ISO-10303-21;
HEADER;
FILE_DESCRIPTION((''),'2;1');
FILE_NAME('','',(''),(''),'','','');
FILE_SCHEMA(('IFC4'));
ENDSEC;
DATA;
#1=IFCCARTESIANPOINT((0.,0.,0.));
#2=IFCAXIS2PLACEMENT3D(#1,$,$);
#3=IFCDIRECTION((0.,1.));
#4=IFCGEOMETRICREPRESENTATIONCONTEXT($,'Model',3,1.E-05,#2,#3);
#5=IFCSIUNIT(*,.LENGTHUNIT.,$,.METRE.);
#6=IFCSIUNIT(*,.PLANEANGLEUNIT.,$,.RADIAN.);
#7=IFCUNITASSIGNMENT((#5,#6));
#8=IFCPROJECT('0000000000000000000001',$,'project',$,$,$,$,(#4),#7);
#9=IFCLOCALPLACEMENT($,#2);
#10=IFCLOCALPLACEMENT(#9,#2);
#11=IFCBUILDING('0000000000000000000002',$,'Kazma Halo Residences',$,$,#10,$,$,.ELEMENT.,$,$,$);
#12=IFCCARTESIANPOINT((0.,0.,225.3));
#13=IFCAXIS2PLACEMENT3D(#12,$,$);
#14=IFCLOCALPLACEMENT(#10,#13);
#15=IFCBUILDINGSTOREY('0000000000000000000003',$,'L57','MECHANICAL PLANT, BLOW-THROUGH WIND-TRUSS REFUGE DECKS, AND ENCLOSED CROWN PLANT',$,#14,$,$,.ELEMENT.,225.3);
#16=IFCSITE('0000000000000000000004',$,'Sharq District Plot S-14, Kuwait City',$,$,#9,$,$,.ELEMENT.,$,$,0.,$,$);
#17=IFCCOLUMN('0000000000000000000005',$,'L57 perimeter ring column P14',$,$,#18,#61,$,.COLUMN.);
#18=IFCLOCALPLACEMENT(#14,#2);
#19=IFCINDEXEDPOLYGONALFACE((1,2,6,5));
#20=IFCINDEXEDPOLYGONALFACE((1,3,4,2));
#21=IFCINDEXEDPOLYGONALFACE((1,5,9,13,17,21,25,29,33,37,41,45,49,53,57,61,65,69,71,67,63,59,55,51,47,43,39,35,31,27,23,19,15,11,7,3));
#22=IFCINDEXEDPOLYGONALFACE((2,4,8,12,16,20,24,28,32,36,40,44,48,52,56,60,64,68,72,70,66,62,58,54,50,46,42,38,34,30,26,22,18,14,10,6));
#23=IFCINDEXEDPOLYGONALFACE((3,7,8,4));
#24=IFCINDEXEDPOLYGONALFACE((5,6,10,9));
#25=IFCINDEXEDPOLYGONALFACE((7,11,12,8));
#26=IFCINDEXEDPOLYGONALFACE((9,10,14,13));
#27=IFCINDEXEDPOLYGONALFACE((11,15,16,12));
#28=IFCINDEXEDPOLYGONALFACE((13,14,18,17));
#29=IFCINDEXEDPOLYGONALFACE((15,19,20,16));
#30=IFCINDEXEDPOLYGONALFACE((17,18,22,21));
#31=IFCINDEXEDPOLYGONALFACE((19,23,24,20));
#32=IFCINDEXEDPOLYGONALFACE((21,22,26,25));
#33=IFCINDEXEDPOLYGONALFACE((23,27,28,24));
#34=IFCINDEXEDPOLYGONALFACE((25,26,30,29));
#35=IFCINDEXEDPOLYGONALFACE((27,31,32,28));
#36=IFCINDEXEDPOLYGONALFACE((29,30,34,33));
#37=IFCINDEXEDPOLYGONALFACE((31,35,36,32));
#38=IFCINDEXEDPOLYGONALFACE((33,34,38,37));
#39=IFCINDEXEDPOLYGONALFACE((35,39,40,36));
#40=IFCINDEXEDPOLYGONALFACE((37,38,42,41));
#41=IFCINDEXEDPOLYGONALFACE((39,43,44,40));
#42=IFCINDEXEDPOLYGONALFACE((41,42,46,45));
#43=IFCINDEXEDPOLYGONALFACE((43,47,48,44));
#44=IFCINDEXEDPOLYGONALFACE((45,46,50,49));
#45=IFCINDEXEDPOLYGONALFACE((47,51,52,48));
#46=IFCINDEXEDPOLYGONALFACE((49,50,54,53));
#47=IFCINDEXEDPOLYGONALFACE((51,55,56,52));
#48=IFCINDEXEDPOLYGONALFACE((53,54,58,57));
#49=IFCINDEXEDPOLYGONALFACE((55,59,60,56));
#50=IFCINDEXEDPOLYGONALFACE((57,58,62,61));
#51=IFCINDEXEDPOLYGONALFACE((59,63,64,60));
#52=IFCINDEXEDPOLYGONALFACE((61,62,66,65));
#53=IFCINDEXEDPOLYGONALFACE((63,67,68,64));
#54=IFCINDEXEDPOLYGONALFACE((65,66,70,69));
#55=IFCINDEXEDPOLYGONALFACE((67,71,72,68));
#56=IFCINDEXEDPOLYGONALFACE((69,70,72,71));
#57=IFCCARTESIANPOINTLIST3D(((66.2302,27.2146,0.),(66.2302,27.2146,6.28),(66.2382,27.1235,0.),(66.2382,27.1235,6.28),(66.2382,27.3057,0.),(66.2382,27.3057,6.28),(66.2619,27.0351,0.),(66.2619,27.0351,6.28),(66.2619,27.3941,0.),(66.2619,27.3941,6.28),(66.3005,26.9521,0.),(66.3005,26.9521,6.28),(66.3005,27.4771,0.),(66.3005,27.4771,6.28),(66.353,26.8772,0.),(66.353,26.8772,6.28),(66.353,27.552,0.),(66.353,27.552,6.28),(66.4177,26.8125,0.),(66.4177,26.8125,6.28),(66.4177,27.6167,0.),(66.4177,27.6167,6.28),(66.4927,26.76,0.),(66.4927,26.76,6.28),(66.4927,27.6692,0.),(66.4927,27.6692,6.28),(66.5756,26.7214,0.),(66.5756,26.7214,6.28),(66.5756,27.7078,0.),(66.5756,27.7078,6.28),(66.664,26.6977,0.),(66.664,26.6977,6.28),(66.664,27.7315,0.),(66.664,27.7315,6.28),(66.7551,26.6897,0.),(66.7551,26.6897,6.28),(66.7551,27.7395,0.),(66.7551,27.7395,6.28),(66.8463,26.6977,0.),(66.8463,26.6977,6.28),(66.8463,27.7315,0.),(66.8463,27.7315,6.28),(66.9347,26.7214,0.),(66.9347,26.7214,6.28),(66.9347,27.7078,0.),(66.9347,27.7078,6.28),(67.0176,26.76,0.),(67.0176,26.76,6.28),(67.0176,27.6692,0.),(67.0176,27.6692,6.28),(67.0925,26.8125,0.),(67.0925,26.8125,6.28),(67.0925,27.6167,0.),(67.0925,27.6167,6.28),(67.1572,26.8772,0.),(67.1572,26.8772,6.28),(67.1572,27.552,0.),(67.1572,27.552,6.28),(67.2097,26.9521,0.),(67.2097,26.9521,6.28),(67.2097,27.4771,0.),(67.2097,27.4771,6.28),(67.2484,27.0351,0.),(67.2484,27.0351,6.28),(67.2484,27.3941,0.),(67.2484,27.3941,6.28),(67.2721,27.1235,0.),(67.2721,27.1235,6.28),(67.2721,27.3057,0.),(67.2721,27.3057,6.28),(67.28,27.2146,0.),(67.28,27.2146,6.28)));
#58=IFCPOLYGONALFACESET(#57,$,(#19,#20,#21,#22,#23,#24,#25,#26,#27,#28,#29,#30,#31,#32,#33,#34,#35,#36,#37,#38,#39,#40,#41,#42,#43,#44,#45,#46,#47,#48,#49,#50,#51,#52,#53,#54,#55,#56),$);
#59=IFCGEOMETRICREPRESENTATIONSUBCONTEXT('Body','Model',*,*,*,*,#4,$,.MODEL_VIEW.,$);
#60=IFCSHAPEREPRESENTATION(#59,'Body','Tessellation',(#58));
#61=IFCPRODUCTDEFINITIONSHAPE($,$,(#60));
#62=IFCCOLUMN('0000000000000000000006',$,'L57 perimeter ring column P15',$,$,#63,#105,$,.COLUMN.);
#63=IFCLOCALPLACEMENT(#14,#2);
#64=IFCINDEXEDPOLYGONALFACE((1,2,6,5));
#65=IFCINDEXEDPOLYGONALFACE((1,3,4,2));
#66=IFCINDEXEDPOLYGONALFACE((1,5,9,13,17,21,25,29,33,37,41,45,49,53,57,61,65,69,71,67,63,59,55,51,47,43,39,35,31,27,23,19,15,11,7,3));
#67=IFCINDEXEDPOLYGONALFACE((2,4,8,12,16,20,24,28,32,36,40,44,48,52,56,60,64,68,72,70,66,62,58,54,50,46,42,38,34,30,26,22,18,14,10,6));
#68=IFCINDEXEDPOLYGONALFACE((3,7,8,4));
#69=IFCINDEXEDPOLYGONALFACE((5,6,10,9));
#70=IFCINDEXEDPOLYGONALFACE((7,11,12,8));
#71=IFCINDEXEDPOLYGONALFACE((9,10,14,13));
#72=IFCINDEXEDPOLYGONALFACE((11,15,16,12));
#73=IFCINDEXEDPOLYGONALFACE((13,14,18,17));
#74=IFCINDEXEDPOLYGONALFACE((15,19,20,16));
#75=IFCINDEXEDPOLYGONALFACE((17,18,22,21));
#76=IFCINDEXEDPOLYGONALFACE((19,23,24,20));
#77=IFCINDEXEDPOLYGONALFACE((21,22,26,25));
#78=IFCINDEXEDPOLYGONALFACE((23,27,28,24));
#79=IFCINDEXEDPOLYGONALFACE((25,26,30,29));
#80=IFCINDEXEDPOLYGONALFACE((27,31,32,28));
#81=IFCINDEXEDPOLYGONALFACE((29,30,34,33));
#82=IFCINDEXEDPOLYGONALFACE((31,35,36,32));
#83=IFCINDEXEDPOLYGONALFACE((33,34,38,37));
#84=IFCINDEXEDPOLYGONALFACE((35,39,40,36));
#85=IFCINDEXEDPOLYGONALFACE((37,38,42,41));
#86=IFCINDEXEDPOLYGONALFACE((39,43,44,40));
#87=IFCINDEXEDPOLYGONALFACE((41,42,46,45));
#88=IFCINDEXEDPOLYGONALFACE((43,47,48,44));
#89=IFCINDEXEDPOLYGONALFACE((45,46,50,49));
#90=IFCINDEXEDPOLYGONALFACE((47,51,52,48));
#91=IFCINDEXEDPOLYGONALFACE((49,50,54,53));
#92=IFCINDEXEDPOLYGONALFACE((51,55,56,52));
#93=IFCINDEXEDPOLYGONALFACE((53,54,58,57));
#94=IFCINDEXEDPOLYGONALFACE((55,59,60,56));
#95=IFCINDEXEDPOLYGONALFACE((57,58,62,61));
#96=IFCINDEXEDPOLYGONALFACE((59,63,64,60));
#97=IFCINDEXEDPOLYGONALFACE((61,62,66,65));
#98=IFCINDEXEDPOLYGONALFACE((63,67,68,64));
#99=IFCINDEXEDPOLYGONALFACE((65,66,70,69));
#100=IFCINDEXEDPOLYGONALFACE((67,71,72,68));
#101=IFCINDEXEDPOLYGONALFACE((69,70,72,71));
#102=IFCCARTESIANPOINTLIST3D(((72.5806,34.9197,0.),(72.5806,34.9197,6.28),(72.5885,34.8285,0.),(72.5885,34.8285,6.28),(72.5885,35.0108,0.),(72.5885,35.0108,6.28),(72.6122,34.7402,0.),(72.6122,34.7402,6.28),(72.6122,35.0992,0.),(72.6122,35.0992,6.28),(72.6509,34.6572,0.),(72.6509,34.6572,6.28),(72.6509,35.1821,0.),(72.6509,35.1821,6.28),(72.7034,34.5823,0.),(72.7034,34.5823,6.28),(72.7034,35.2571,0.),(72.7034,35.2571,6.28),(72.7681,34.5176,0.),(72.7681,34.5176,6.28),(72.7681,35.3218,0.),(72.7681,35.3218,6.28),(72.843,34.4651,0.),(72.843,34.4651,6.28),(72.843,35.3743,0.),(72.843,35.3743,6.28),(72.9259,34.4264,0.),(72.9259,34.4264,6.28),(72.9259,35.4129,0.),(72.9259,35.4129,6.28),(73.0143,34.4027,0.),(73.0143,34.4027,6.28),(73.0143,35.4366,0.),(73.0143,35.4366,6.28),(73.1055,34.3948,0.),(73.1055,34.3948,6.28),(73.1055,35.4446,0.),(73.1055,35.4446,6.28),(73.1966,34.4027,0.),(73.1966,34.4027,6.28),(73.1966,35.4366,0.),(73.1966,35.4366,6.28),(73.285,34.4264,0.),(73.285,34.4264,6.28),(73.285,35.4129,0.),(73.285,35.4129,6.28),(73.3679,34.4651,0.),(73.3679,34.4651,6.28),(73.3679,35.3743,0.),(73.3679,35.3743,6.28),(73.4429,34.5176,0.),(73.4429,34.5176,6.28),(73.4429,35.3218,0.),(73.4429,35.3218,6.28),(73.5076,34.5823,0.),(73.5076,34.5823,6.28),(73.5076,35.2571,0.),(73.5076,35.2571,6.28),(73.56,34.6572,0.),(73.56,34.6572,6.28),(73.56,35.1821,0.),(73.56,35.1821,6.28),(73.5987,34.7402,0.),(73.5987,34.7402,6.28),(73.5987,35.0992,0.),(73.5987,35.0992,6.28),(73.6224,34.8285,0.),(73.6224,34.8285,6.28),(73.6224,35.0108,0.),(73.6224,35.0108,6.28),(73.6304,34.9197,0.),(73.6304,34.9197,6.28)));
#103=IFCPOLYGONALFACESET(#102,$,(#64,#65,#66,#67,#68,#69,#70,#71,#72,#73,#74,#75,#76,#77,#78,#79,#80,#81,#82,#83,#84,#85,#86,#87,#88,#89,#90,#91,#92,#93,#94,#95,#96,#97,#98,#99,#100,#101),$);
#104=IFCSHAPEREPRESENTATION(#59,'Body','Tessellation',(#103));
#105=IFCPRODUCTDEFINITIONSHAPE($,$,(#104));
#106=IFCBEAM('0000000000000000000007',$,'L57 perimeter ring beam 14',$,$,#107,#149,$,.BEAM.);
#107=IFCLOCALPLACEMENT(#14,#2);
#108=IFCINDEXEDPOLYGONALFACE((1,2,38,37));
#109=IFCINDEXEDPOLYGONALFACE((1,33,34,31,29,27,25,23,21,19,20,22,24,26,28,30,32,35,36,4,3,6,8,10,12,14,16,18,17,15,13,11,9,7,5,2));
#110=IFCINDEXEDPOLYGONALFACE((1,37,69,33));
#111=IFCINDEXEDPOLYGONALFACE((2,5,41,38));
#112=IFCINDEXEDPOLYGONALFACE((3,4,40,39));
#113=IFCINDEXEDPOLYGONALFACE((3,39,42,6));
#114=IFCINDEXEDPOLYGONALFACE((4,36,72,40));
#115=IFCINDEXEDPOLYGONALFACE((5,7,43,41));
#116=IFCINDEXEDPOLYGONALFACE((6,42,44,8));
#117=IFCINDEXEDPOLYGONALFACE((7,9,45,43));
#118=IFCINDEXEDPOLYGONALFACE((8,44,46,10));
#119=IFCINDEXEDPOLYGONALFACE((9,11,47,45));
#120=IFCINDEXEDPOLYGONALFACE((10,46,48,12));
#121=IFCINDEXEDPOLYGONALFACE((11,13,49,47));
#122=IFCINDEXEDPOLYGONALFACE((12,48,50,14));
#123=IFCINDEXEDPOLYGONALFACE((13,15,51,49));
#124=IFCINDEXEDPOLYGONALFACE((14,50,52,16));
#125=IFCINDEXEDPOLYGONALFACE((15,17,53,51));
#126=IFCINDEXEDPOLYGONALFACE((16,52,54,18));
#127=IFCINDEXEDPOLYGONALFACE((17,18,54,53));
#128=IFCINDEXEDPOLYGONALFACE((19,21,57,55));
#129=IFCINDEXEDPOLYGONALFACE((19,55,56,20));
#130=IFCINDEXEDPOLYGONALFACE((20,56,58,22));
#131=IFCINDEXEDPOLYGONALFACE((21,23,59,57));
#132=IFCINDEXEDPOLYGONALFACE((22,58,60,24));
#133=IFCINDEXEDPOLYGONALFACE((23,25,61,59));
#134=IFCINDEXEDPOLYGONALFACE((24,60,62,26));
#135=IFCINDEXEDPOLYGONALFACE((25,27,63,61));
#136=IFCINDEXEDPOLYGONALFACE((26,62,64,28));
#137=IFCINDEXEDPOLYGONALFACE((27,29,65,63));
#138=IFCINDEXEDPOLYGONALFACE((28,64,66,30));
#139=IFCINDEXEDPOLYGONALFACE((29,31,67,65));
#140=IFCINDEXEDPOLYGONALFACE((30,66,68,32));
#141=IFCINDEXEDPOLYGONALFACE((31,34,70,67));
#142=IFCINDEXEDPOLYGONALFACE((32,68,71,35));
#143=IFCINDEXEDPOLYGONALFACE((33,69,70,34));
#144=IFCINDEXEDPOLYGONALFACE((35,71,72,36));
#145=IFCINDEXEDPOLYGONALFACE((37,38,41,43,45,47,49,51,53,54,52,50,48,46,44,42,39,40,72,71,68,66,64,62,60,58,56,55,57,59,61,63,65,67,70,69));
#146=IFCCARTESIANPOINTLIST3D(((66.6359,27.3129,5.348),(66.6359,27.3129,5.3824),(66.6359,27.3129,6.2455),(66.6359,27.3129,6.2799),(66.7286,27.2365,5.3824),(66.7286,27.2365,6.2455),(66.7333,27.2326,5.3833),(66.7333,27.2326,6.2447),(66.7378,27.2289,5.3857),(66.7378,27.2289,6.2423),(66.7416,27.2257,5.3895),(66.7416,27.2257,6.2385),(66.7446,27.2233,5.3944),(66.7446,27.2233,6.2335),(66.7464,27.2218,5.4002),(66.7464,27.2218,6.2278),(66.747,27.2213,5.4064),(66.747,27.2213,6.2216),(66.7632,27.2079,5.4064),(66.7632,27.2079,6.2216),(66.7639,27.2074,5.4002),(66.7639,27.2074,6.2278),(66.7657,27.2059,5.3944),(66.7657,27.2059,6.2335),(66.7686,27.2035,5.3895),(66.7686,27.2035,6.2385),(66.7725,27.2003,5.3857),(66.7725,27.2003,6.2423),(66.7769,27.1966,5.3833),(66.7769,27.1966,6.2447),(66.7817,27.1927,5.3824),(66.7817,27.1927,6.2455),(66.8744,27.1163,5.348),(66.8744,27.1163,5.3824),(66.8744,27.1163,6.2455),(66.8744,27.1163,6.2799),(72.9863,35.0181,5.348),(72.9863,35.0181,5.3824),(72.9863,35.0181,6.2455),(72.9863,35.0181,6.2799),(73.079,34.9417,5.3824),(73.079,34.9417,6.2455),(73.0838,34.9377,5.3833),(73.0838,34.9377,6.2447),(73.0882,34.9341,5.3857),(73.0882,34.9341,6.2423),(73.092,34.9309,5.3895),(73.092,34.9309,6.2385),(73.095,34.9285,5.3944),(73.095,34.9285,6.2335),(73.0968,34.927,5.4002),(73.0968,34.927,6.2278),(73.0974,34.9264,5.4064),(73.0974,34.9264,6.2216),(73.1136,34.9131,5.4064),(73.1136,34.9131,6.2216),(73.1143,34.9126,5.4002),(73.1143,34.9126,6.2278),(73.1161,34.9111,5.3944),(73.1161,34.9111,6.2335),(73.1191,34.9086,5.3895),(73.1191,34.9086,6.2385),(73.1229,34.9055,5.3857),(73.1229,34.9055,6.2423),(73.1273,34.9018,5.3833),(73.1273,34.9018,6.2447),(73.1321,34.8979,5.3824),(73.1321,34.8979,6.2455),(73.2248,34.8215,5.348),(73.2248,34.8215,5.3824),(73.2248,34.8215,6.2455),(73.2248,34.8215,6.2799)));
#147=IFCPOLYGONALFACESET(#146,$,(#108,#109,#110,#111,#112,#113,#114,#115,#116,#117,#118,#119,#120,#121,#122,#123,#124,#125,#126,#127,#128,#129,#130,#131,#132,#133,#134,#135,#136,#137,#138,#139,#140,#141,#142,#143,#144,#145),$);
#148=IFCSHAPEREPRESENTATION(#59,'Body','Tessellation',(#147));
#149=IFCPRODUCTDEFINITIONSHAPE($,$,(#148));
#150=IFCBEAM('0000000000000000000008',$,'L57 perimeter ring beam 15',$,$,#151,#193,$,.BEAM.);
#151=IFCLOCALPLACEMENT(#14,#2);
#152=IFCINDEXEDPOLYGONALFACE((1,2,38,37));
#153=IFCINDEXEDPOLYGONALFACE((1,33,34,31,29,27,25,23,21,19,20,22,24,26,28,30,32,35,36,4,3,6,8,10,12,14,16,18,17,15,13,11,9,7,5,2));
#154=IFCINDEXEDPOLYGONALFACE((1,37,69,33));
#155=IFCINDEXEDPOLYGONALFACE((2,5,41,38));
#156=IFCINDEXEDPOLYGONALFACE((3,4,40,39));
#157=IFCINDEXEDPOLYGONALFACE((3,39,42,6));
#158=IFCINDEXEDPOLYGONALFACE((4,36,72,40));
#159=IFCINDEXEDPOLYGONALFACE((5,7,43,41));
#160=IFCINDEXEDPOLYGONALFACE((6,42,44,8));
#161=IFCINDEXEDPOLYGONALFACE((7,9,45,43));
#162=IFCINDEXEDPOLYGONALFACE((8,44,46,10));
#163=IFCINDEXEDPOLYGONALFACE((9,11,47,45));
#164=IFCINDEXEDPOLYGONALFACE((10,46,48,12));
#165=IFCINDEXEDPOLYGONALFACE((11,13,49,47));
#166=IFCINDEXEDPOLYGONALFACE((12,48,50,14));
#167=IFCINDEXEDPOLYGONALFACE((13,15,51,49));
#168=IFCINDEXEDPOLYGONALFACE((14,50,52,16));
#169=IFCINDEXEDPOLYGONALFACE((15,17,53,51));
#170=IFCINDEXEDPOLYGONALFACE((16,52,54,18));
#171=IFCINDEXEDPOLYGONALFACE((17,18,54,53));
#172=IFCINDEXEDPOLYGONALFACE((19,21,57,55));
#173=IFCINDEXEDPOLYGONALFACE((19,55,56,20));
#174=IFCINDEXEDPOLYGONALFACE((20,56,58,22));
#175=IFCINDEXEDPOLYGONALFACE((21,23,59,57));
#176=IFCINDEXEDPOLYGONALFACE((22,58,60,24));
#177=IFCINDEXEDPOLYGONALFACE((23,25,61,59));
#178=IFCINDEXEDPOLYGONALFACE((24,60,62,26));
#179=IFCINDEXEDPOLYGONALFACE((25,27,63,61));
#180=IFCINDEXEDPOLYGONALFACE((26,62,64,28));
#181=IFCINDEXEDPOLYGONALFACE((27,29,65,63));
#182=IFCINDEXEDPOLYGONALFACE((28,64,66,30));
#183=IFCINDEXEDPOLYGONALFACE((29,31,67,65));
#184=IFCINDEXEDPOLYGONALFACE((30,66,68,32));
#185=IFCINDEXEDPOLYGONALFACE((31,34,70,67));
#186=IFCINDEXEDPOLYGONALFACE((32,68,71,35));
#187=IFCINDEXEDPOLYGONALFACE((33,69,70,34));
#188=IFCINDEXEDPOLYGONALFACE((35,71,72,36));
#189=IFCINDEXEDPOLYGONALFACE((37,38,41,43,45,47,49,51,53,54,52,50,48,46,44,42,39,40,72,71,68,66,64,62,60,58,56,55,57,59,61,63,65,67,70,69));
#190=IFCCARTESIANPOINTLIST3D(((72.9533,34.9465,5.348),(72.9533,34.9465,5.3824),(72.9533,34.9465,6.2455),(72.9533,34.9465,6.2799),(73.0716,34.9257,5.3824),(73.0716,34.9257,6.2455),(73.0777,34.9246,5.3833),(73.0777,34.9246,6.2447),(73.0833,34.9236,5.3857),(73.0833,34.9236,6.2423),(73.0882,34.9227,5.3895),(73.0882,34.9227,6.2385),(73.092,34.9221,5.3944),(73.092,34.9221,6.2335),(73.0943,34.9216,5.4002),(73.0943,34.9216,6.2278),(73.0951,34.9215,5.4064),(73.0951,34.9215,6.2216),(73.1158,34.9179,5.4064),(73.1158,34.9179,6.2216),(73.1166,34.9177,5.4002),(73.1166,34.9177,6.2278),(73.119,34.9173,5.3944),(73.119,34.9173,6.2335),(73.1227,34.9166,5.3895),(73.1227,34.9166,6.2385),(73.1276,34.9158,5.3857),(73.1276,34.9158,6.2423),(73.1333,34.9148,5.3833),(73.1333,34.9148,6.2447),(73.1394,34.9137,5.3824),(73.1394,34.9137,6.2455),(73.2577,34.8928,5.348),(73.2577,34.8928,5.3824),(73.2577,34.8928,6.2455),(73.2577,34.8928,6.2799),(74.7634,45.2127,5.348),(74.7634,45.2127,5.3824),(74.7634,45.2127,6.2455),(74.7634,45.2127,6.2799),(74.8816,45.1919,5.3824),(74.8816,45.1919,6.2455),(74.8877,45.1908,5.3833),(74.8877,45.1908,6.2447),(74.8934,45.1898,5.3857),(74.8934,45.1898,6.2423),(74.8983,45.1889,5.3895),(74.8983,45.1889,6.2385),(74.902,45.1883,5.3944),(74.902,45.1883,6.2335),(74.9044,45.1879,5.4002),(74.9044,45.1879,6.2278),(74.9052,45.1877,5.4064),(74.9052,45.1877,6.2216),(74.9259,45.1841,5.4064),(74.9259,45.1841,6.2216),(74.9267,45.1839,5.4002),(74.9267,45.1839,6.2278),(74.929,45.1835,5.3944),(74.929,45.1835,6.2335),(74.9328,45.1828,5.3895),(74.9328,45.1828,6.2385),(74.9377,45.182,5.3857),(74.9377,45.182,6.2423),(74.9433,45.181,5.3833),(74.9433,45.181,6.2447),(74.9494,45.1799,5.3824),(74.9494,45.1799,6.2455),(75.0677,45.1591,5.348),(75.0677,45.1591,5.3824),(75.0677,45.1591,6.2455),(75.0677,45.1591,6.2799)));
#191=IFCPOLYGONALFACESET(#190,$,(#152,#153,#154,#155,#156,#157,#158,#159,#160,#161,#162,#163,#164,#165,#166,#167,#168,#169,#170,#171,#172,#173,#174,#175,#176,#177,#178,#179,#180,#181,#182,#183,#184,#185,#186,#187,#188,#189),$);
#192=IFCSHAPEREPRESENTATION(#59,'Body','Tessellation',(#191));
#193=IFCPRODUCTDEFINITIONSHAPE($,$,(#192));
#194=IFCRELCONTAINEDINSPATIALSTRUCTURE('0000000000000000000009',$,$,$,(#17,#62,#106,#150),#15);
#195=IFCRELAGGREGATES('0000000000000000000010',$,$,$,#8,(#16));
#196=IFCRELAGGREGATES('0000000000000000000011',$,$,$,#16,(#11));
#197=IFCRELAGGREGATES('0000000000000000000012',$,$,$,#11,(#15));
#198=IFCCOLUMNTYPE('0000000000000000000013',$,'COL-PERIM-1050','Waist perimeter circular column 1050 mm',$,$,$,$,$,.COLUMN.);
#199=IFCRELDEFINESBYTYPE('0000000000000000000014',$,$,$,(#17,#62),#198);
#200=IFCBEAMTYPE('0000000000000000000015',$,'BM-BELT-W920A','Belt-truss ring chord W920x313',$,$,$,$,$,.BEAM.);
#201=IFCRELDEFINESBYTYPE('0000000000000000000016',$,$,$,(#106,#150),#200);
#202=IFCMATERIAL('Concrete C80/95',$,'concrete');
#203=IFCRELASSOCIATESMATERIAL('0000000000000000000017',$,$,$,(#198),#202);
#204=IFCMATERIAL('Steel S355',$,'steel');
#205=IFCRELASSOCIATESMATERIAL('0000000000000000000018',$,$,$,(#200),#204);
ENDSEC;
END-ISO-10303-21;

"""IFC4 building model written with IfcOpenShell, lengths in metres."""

from ifc_helpers import new_model, si_unit, direction, frame, origin, origin_2d, place, context, subcontext, project, spatial, circle, i_section, extrude, material, material_profile, profile_set, type_object, element, save


model = new_model("IFC4")

# Units and contexts
model_context = context("Model", 3, precision=1e-05, world=origin(), true_north=direction((0.0, 1.0)))
body_context = subcontext(model_context, "Body", "Model", "MODEL_VIEW")
ifc_project = project(units=[si_unit("LENGTHUNIT", "METRE"), si_unit("PLANEANGLEUNIT", "RADIAN")], contexts=[model_context])

# Site, building, storey
site_placement = place(None, origin())
site = spatial("IfcSite", under=ifc_project, at=site_placement, Name="Sharq District Plot S-14, Kuwait City", CompositionType="ELEMENT", RefElevation=0.0)
building_placement = place(site_placement, origin())
building = spatial("IfcBuilding", under=site, at=building_placement, Name="Kazma Halo Residences", CompositionType="ELEMENT")
storey_placement = place(building_placement, frame((0.0, 0.0, 225.3)))
storey = spatial("IfcBuildingStorey", under=building, at=storey_placement, Name="L57", Description="MECHANICAL PLANT, BLOW-THROUGH WIND-TRUSS REFUGE DECKS, AND ENCLOSED CROWN PLANT", CompositionType="ELEMENT", Elevation=225.3)

# Columns
ifc_material_1 = material(Name="Concrete C80/95", Category="concrete")
ifc_material_profile_1 = material_profile(ifc_material_1, circle(Radius=0.5249, at=origin_2d()), Name="CIRC1050")
ifc_profile_set_1 = profile_set([ifc_material_profile_1], Name="Concrete C80/95")
column_type = type_object("IfcColumnType", Name="COL-PERIM-1050", Description="Waist perimeter circular column 1050 mm", PredefinedType="COLUMN", material=ifc_profile_set_1)
for number, where, z_axis, x_axis, name in (
    (1, (66.7551, 27.2146, 0.0), (0.0, 0.0, 1.0), (1.0, 0.0, 0.0), "L57 perimeter ring column P14"),
    (2, (73.1055, 34.9197, 0.0), (0.0, 0.0, 1.0), (1.0, 0.0, 0.0), "L57 perimeter ring column P15"),
):
    element("IfcColumn", number, at=place(storey_placement, frame(where, z_axis=z_axis, x_axis=x_axis)), inside=storey, type_object=column_type, Name=name, PredefinedType="COLUMN", context=body_context, shape_type="SweptSolid", body=[
        extrude(circle(Radius=0.5249, at=origin_2d()), origin(), (0.0, 0.0, 1.0), 6.28),
    ])

# Beams
ifc_material_2 = material(Name="Steel S355", Category="steel")
ifc_material_profile_2 = material_profile(ifc_material_2, i_section(OverallWidth=0.3091, OverallDepth=0.9319, WebThickness=0.021, FlangeThickness=0.0344, FilletRadius=0.0239, at=origin_2d()), Name="W920x313")
ifc_profile_set_2 = profile_set([ifc_material_profile_2], Name="Steel S355")
beam_type_1 = type_object("IfcBeamType", Name="BM-BELT-W920A", Description="Belt-truss ring chord W920x313", PredefinedType="BEAM", material=ifc_profile_set_2)
beam_1_placement = place(storey_placement, frame((66.7551, 27.2146, 5.814), z_axis=(0.636005, 0.771685, 0.0), x_axis=(-0.771685, 0.636005, 0.0)))
element("IfcBeam", 3, at=beam_1_placement, inside=storey, type_object=beam_type_1, Name="L57 perimeter ring beam 14", PredefinedType="BEAM", context=body_context, shape_type="SweptSolid", body=[
    extrude(i_section(OverallWidth=0.3091, OverallDepth=0.9319, WebThickness=0.021, FlangeThickness=0.0344, FilletRadius=0.0239, at=origin_2d()), origin(), (0.0, 0.0, 1.0), 9.9849),
])
beam_2_placement = place(storey_placement, frame((73.1055, 34.9197, 5.814), z_axis=(0.173636, 0.98481, 0.0), x_axis=(-0.98481, 0.173636, 0.0)))
element("IfcBeam", 4, at=beam_2_placement, inside=storey, type_object=beam_type_1, Name="L57 perimeter ring beam 15", PredefinedType="BEAM", context=body_context, shape_type="SweptSolid", body=[
    extrude(i_section(OverallWidth=0.3091, OverallDepth=0.9319, WebThickness=0.021, FlangeThickness=0.0344, FilletRadius=0.0239, at=origin_2d()), origin(), (0.0, 0.0, 1.0), 10.4246),
])

save(model, "model.ifc")
